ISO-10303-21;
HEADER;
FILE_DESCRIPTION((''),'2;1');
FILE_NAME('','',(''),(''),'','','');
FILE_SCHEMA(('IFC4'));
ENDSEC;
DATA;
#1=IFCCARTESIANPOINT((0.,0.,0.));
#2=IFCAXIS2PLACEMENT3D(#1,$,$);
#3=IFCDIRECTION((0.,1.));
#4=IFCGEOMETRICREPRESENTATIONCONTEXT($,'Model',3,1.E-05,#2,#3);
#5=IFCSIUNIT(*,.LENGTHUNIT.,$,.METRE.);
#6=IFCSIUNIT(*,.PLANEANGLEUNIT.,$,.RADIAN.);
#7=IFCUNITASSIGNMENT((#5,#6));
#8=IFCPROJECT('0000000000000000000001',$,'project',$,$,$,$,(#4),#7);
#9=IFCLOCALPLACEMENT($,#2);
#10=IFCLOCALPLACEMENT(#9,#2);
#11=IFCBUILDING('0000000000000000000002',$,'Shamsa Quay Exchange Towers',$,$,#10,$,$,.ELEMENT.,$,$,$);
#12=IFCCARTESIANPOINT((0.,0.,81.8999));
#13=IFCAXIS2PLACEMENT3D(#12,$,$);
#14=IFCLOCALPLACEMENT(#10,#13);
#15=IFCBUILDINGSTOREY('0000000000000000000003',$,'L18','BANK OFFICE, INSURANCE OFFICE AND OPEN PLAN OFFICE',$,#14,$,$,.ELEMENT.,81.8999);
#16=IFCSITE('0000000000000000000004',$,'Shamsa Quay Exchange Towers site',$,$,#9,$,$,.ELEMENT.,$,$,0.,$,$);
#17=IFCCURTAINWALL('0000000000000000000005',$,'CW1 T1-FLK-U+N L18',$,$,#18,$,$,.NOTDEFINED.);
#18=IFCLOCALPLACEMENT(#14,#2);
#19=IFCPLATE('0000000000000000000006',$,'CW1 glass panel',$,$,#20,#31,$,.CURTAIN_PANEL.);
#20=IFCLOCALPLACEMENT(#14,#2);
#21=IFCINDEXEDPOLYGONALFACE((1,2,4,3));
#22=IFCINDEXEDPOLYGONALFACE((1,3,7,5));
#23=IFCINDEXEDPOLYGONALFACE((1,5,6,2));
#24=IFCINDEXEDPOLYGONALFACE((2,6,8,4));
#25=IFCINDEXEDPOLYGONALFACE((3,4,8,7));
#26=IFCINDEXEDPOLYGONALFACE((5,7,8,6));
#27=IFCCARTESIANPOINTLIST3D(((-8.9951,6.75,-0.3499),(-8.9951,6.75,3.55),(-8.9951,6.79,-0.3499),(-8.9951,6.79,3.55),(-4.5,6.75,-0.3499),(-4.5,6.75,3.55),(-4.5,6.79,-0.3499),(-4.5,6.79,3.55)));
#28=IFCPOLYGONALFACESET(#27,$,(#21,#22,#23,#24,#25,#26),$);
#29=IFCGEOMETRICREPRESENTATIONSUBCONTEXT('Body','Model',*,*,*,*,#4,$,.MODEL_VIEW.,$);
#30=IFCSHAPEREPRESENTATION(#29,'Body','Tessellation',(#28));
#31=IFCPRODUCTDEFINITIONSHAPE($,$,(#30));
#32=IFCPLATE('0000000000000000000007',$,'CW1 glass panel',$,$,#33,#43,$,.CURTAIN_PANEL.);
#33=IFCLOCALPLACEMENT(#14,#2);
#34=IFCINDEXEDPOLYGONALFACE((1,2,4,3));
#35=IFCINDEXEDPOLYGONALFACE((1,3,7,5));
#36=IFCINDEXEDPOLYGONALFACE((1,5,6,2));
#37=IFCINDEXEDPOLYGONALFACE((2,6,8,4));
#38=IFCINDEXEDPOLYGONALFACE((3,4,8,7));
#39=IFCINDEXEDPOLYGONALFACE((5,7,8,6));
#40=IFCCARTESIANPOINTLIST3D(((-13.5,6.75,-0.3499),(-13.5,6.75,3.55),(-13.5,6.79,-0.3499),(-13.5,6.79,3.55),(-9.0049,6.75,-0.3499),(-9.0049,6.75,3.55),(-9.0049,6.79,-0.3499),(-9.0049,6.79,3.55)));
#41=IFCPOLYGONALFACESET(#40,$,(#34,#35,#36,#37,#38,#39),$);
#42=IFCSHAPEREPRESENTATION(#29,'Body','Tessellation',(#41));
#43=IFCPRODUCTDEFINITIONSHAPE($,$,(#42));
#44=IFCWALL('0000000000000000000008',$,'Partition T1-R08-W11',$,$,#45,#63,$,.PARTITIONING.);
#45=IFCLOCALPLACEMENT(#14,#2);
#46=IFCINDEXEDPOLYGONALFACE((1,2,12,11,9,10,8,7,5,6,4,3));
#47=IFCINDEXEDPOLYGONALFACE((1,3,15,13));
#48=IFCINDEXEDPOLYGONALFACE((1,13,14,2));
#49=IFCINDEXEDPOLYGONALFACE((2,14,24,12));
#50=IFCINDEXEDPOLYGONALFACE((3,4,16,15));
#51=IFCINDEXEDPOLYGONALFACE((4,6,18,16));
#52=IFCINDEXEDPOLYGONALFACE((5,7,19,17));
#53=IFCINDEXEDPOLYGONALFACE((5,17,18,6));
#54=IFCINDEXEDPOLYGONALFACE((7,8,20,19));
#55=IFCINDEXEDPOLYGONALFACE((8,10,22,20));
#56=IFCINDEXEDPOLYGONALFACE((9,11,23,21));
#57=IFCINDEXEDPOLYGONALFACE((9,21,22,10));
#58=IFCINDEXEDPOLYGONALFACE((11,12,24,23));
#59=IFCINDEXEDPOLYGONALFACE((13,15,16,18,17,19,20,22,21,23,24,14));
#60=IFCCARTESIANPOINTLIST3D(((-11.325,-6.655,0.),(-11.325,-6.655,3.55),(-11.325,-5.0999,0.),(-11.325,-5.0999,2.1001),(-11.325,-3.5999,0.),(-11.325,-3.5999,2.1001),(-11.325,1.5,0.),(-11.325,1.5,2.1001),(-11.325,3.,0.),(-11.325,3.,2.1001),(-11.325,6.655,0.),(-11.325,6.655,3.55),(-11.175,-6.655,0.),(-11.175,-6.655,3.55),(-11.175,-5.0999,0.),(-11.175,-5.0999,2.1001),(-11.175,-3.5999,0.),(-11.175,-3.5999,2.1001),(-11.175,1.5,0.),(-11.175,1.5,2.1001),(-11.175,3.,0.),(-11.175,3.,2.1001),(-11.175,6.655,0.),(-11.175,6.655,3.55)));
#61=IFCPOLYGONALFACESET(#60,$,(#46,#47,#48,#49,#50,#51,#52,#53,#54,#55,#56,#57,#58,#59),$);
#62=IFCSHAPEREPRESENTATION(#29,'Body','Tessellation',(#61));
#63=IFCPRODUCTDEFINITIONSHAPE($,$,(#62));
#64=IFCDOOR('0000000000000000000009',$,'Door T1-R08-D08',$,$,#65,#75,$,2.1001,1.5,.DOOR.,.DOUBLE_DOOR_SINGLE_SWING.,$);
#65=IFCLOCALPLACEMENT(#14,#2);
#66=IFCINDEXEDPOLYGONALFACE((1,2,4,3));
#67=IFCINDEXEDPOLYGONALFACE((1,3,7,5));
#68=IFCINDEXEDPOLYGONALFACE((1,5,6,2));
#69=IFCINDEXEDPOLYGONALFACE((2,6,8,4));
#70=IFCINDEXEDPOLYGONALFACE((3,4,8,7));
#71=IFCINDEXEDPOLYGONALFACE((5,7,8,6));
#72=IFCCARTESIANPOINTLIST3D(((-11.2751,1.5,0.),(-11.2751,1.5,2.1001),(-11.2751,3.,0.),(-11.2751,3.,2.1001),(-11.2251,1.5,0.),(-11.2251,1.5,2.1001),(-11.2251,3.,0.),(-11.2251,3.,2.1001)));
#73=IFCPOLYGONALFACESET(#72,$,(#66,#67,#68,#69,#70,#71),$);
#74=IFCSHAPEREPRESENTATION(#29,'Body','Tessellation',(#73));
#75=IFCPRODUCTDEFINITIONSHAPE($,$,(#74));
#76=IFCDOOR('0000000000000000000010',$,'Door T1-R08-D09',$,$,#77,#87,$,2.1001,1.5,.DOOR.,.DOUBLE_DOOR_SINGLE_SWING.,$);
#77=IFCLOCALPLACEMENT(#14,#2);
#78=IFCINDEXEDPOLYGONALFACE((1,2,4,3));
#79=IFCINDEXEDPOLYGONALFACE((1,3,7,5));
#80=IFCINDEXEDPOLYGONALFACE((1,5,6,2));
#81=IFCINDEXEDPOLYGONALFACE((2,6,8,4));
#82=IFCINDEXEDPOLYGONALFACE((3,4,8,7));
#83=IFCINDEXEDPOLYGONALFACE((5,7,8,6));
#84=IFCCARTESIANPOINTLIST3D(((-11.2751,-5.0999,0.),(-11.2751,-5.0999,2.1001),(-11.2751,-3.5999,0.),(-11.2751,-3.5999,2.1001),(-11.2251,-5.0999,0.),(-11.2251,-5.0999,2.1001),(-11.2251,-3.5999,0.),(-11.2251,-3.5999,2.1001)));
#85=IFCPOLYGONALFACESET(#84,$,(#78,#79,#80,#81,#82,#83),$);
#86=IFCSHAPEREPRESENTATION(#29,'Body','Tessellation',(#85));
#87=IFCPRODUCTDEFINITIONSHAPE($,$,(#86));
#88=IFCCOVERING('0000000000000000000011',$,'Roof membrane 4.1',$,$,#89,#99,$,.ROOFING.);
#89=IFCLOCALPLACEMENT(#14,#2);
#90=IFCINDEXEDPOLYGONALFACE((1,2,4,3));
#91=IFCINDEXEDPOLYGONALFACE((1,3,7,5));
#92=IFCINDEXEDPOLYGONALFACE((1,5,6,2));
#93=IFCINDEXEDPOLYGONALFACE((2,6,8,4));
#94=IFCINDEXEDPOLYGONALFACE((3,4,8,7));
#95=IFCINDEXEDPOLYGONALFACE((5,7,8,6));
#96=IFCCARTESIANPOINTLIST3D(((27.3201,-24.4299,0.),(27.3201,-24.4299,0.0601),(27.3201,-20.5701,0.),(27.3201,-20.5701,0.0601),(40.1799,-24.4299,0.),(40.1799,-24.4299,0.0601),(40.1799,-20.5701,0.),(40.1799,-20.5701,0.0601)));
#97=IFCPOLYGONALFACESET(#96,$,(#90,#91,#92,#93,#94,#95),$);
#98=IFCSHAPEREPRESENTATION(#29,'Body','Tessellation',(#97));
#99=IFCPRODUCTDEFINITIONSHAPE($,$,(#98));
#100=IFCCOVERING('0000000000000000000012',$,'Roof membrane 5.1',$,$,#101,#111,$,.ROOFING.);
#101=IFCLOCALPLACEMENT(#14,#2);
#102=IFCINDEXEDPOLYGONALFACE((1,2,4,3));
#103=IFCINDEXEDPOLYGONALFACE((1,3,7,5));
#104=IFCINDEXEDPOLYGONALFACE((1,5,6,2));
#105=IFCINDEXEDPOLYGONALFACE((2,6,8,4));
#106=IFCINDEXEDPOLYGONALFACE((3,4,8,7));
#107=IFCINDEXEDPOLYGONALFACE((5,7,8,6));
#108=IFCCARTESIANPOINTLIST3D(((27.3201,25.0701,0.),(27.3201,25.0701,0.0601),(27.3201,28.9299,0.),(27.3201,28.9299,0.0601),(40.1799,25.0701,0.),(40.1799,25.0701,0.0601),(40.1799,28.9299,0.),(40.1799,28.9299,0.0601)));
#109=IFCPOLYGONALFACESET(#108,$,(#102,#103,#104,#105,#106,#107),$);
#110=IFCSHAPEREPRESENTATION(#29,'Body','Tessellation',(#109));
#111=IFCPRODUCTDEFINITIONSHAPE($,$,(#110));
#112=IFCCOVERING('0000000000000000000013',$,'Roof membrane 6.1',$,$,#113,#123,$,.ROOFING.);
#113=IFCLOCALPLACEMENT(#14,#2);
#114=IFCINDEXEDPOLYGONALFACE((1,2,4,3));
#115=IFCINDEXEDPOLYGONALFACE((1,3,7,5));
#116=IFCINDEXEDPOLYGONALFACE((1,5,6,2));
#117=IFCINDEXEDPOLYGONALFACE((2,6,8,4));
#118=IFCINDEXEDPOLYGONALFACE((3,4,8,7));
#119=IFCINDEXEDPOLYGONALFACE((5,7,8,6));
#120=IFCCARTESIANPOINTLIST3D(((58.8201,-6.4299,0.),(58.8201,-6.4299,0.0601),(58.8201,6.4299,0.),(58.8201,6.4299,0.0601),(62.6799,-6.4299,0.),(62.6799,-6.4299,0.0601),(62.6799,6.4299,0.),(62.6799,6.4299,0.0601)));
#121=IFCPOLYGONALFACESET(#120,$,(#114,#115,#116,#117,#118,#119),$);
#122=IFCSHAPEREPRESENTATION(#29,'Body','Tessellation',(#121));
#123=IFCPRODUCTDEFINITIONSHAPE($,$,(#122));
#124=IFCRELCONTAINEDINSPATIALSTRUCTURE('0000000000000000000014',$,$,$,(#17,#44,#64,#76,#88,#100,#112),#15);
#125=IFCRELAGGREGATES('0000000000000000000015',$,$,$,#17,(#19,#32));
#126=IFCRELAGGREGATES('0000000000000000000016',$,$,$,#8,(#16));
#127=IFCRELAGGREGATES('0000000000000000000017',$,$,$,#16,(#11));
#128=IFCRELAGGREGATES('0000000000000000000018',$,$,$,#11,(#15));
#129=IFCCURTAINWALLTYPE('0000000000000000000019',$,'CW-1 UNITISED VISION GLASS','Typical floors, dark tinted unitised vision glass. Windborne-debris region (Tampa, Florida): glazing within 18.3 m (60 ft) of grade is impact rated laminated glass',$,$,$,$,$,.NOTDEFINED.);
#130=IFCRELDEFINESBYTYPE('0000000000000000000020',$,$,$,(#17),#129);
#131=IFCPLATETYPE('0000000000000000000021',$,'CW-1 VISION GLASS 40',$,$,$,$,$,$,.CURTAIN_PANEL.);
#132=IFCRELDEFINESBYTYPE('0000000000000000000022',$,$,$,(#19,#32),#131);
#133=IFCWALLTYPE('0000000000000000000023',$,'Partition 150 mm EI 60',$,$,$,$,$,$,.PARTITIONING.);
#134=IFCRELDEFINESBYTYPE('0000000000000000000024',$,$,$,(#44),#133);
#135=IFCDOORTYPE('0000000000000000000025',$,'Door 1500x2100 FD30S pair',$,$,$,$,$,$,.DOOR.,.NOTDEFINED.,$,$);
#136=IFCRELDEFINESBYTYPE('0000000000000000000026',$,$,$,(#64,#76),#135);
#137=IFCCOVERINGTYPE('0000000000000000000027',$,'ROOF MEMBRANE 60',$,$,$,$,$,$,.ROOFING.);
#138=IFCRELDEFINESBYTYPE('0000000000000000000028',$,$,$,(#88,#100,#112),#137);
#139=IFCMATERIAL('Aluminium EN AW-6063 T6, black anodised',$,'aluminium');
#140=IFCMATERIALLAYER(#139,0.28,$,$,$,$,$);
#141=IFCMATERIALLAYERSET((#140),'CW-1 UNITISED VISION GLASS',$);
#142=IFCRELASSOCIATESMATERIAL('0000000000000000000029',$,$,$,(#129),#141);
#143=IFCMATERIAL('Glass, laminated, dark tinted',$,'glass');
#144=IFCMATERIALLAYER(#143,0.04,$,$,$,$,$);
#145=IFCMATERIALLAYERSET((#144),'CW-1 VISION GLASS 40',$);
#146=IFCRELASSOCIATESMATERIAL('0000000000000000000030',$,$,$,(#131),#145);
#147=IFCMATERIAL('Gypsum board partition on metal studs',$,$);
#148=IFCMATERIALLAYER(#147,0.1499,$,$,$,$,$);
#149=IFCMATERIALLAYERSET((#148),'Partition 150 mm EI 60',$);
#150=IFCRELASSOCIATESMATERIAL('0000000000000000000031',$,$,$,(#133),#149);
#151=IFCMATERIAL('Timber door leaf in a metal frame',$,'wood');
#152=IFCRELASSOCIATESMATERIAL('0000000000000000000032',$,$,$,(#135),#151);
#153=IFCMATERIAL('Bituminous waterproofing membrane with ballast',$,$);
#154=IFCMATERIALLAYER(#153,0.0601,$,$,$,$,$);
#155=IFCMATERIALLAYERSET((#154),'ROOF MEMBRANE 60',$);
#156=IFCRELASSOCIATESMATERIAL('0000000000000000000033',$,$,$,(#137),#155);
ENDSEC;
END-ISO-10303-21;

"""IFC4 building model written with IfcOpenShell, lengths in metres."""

from ifc_helpers import new_model, si_unit, direction, frame, frame_2d, origin, origin_2d, place, context, subcontext, project, spatial, polyline, rectangle, outline, extrude, material, layer, layer_set, type_object, element, fill, aggregate, save


model = new_model("IFC4")

# Units and contexts
model_context = context("Model", 3, precision=1e-05, world=origin(), true_north=direction((0.0, 1.0)))
body_context = subcontext(model_context, "Body", "Model", "MODEL_VIEW")
ifc_project = project(units=[si_unit("LENGTHUNIT", "METRE"), si_unit("PLANEANGLEUNIT", "RADIAN")], contexts=[model_context])

# Site, building, storey
site_placement = place(None, origin())
site = spatial("IfcSite", under=ifc_project, at=site_placement, Name="Shamsa Quay Exchange Towers site", CompositionType="ELEMENT", RefElevation=0.0)
building_placement = place(site_placement, origin())
building = spatial("IfcBuilding", under=site, at=building_placement, Name="Shamsa Quay Exchange Towers", CompositionType="ELEMENT")
storey_placement = place(building_placement, frame((0.0, 0.0, 81.8999)))
storey = spatial("IfcBuildingStorey", under=building, at=storey_placement, Name="L18", Description="BANK OFFICE, INSURANCE OFFICE AND OPEN PLAN OFFICE", CompositionType="ELEMENT", Elevation=81.8999)

# Shared definitions
ifc_material_1 = material(Name="Aluminium EN AW-6063 T6, black anodised", Category="aluminium")
ifc_layer_1 = layer(ifc_material_1, 0.28)
ifc_layer_set_1 = layer_set([ifc_layer_1], Name="CW-1 UNITISED VISION GLASS")
curtain_wall_type = type_object("IfcCurtainWallType", Name="CW-1 UNITISED VISION GLASS", Description="Typical floors, dark tinted unitised vision glass. Windborne-debris region (Tampa, Florida): glazing within 18.3 m (60 ft) of grade is impact rated laminated glass", PredefinedType="NOTDEFINED", material=ifc_layer_set_1)

# Shared definitions
ifc_material_2 = material(Name="Glass, laminated, dark tinted", Category="glass")
ifc_layer_2 = layer(ifc_material_2, 0.04)
ifc_layer_set_2 = layer_set([ifc_layer_2], Name="CW-1 VISION GLASS 40")
plate_type = type_object("IfcPlateType", Name="CW-1 VISION GLASS 40", PredefinedType="CURTAIN_PANEL", material=ifc_layer_set_2)

# Curtain wall, plates
curtain_wall_1_placement = place(storey_placement, origin())
curtain_wall_1 = element("IfcCurtainWall", 1, at=curtain_wall_1_placement, inside=storey, type_object=curtain_wall_type, Name="CW1 T1-FLK-U+N L18", PredefinedType="NOTDEFINED")
plate_1_placement = place(storey_placement, frame((-6.7476, 6.77, -0.3499), z_axis=(0.0, 0.0, 1.0), x_axis=(-1.0, 0.0, 0.0)))
plate_1 = element("IfcPlate", 2, at=plate_1_placement, type_object=plate_type, Name="CW1 glass panel", PredefinedType="CURTAIN_PANEL", context=body_context, shape_type="SweptSolid", body=[
    extrude(rectangle(XDim=4.4951, YDim=0.04, at=origin_2d()), origin(), (0.0, 0.0, 1.0), 3.8999),
])
plate_2_placement = place(storey_placement, frame((-11.2524, 6.77, -0.3499), z_axis=(0.0, 0.0, 1.0), x_axis=(-1.0, 0.0, 0.0)))
plate_2 = element("IfcPlate", 3, at=plate_2_placement, type_object=plate_type, Name="CW1 glass panel", PredefinedType="CURTAIN_PANEL", context=body_context, shape_type="SweptSolid", body=[
    extrude(rectangle(XDim=4.4951, YDim=0.04, at=origin_2d()), origin(), (0.0, 0.0, 1.0), 3.8999),
])
aggregate(curtain_wall_1, [plate_1, plate_2])

# Wall, openings, doors
ifc_material_3 = material(Name="Gypsum board partition on metal studs")
ifc_layer_3 = layer(ifc_material_3, 0.1499)
ifc_layer_set_3 = layer_set([ifc_layer_3], Name="Partition 150 mm EI 60")
wall_type = type_object("IfcWallType", Name="Partition 150 mm EI 60", PredefinedType="PARTITIONING", material=ifc_layer_set_3)
wall_placement = place(storey_placement, frame((-11.25, 6.655, 0.0), z_axis=(0.0, 0.0, 1.0), x_axis=(0.0, -1.0, 0.0)))
wall = element("IfcWall", 4, at=wall_placement, inside=storey, type_object=wall_type, Name="Partition T1-R08-W11", PredefinedType="PARTITIONING", context=body_context, shape_type="SweptSolid", body=[
    extrude(rectangle(XDim=13.3101, YDim=0.1499, at=frame_2d((6.655, 0.0))), origin(), (0.0, 0.0, 1.0), 3.55),
])
opening_1_placement = place(wall_placement, frame((3.655, 0.0, 0.0)))
opening_1 = element("IfcOpeningElement", 5, at=opening_1_placement, cuts=wall, PredefinedType="OPENING", context=body_context, shape_type="SweptSolid", body=[
    extrude(rectangle(XDim=1.5, YDim=2.1001, at=frame_2d((0.75, 1.05))), frame((0.0, 0.085, 0.0), z_axis=(0.0, -1.0, 0.0), x_axis=(1.0, 0.0, 0.0)), (0.0, 0.0, 1.0), 0.1699),
])
opening_2_placement = place(wall_placement, frame((10.2549, 0.0, 0.0)))
opening_2 = element("IfcOpeningElement", 6, at=opening_2_placement, cuts=wall, PredefinedType="OPENING", context=body_context, shape_type="SweptSolid", body=[
    extrude(rectangle(XDim=1.5, YDim=2.1001, at=frame_2d((0.75, 1.05))), frame((0.0, 0.085, 0.0), z_axis=(0.0, -1.0, 0.0), x_axis=(1.0, 0.0, 0.0)), (0.0, 0.0, 1.0), 0.1699),
])
ifc_material_4 = material(Name="Timber door leaf in a metal frame", Category="wood")
door_type = type_object("IfcDoorType", Name="Door 1500x2100 FD30S pair", OperationType="NOTDEFINED", PredefinedType="DOOR", material=ifc_material_4)
door_1_placement = place(opening_1_placement, origin())
door_1 = element("IfcDoor", 7, at=door_1_placement, inside=storey, type_object=door_type, Name="Door T1-R08-D08", OperationType="DOUBLE_DOOR_SINGLE_SWING", OverallHeight=2.1001, OverallWidth=1.5, PredefinedType="DOOR", context=body_context, shape_type="SweptSolid", body=[
    extrude(rectangle(XDim=1.5, YDim=2.1001, at=frame_2d((0.75, 1.05))), frame((0.0, 0.0249, 0.0), z_axis=(0.0, -1.0, 0.0), x_axis=(1.0, 0.0, 0.0)), (0.0, 0.0, 1.0), 0.05),
])
fill(opening_1, door_1)
door_2_placement = place(opening_2_placement, origin())
door_2 = element("IfcDoor", 8, at=door_2_placement, inside=storey, type_object=door_type, Name="Door T1-R08-D09", OperationType="DOUBLE_DOOR_SINGLE_SWING", OverallHeight=2.1001, OverallWidth=1.5, PredefinedType="DOOR", context=body_context, shape_type="SweptSolid", body=[
    extrude(rectangle(XDim=1.5, YDim=2.1001, at=frame_2d((0.75, 1.05))), frame((0.0, 0.0249, 0.0), z_axis=(0.0, -1.0, 0.0), x_axis=(1.0, 0.0, 0.0)), (0.0, 0.0, 1.0), 0.05),
])
fill(opening_2, door_2)

# Coverings
ifc_material_5 = material(Name="Bituminous waterproofing membrane with ballast")
ifc_layer_4 = layer(ifc_material_5, 0.0601)
ifc_layer_set_4 = layer_set([ifc_layer_4], Name="ROOF MEMBRANE 60")
covering_type = type_object("IfcCoveringType", Name="ROOF MEMBRANE 60", PredefinedType="ROOFING", material=ifc_layer_set_4)
covering_1_placement = place(storey_placement, origin())
element("IfcCovering", 9, at=covering_1_placement, inside=storey, type_object=covering_type, Name="Roof membrane 4.1", PredefinedType="ROOFING", context=body_context, shape_type="SweptSolid", body=[
    extrude(outline(polyline([(40.1799, -20.5701), (40.1799, -24.4299), (27.3201, -24.4299), (27.3201, -20.5701), (40.1799, -20.5701)])), origin(), (0.0, 0.0, 1.0), 0.0601),
])
covering_2_placement = place(storey_placement, origin())
element("IfcCovering", 10, at=covering_2_placement, inside=storey, type_object=covering_type, Name="Roof membrane 5.1", PredefinedType="ROOFING", context=body_context, shape_type="SweptSolid", body=[
    extrude(outline(polyline([(27.3201, 25.0701), (27.3201, 28.9299), (40.1799, 28.9299), (40.1799, 25.0701), (27.3201, 25.0701)])), origin(), (0.0, 0.0, 1.0), 0.0601),
])
covering_3_placement = place(storey_placement, origin())
element("IfcCovering", 11, at=covering_3_placement, inside=storey, type_object=covering_type, Name="Roof membrane 6.1", PredefinedType="ROOFING", context=body_context, shape_type="SweptSolid", body=[
    extrude(outline(polyline([(58.8201, -6.4299), (58.8201, 6.4299), (62.6799, 6.4299), (62.6799, -6.4299), (58.8201, -6.4299)])), origin(), (0.0, 0.0, 1.0), 0.0601),
])

save(model, "model.ifc")
